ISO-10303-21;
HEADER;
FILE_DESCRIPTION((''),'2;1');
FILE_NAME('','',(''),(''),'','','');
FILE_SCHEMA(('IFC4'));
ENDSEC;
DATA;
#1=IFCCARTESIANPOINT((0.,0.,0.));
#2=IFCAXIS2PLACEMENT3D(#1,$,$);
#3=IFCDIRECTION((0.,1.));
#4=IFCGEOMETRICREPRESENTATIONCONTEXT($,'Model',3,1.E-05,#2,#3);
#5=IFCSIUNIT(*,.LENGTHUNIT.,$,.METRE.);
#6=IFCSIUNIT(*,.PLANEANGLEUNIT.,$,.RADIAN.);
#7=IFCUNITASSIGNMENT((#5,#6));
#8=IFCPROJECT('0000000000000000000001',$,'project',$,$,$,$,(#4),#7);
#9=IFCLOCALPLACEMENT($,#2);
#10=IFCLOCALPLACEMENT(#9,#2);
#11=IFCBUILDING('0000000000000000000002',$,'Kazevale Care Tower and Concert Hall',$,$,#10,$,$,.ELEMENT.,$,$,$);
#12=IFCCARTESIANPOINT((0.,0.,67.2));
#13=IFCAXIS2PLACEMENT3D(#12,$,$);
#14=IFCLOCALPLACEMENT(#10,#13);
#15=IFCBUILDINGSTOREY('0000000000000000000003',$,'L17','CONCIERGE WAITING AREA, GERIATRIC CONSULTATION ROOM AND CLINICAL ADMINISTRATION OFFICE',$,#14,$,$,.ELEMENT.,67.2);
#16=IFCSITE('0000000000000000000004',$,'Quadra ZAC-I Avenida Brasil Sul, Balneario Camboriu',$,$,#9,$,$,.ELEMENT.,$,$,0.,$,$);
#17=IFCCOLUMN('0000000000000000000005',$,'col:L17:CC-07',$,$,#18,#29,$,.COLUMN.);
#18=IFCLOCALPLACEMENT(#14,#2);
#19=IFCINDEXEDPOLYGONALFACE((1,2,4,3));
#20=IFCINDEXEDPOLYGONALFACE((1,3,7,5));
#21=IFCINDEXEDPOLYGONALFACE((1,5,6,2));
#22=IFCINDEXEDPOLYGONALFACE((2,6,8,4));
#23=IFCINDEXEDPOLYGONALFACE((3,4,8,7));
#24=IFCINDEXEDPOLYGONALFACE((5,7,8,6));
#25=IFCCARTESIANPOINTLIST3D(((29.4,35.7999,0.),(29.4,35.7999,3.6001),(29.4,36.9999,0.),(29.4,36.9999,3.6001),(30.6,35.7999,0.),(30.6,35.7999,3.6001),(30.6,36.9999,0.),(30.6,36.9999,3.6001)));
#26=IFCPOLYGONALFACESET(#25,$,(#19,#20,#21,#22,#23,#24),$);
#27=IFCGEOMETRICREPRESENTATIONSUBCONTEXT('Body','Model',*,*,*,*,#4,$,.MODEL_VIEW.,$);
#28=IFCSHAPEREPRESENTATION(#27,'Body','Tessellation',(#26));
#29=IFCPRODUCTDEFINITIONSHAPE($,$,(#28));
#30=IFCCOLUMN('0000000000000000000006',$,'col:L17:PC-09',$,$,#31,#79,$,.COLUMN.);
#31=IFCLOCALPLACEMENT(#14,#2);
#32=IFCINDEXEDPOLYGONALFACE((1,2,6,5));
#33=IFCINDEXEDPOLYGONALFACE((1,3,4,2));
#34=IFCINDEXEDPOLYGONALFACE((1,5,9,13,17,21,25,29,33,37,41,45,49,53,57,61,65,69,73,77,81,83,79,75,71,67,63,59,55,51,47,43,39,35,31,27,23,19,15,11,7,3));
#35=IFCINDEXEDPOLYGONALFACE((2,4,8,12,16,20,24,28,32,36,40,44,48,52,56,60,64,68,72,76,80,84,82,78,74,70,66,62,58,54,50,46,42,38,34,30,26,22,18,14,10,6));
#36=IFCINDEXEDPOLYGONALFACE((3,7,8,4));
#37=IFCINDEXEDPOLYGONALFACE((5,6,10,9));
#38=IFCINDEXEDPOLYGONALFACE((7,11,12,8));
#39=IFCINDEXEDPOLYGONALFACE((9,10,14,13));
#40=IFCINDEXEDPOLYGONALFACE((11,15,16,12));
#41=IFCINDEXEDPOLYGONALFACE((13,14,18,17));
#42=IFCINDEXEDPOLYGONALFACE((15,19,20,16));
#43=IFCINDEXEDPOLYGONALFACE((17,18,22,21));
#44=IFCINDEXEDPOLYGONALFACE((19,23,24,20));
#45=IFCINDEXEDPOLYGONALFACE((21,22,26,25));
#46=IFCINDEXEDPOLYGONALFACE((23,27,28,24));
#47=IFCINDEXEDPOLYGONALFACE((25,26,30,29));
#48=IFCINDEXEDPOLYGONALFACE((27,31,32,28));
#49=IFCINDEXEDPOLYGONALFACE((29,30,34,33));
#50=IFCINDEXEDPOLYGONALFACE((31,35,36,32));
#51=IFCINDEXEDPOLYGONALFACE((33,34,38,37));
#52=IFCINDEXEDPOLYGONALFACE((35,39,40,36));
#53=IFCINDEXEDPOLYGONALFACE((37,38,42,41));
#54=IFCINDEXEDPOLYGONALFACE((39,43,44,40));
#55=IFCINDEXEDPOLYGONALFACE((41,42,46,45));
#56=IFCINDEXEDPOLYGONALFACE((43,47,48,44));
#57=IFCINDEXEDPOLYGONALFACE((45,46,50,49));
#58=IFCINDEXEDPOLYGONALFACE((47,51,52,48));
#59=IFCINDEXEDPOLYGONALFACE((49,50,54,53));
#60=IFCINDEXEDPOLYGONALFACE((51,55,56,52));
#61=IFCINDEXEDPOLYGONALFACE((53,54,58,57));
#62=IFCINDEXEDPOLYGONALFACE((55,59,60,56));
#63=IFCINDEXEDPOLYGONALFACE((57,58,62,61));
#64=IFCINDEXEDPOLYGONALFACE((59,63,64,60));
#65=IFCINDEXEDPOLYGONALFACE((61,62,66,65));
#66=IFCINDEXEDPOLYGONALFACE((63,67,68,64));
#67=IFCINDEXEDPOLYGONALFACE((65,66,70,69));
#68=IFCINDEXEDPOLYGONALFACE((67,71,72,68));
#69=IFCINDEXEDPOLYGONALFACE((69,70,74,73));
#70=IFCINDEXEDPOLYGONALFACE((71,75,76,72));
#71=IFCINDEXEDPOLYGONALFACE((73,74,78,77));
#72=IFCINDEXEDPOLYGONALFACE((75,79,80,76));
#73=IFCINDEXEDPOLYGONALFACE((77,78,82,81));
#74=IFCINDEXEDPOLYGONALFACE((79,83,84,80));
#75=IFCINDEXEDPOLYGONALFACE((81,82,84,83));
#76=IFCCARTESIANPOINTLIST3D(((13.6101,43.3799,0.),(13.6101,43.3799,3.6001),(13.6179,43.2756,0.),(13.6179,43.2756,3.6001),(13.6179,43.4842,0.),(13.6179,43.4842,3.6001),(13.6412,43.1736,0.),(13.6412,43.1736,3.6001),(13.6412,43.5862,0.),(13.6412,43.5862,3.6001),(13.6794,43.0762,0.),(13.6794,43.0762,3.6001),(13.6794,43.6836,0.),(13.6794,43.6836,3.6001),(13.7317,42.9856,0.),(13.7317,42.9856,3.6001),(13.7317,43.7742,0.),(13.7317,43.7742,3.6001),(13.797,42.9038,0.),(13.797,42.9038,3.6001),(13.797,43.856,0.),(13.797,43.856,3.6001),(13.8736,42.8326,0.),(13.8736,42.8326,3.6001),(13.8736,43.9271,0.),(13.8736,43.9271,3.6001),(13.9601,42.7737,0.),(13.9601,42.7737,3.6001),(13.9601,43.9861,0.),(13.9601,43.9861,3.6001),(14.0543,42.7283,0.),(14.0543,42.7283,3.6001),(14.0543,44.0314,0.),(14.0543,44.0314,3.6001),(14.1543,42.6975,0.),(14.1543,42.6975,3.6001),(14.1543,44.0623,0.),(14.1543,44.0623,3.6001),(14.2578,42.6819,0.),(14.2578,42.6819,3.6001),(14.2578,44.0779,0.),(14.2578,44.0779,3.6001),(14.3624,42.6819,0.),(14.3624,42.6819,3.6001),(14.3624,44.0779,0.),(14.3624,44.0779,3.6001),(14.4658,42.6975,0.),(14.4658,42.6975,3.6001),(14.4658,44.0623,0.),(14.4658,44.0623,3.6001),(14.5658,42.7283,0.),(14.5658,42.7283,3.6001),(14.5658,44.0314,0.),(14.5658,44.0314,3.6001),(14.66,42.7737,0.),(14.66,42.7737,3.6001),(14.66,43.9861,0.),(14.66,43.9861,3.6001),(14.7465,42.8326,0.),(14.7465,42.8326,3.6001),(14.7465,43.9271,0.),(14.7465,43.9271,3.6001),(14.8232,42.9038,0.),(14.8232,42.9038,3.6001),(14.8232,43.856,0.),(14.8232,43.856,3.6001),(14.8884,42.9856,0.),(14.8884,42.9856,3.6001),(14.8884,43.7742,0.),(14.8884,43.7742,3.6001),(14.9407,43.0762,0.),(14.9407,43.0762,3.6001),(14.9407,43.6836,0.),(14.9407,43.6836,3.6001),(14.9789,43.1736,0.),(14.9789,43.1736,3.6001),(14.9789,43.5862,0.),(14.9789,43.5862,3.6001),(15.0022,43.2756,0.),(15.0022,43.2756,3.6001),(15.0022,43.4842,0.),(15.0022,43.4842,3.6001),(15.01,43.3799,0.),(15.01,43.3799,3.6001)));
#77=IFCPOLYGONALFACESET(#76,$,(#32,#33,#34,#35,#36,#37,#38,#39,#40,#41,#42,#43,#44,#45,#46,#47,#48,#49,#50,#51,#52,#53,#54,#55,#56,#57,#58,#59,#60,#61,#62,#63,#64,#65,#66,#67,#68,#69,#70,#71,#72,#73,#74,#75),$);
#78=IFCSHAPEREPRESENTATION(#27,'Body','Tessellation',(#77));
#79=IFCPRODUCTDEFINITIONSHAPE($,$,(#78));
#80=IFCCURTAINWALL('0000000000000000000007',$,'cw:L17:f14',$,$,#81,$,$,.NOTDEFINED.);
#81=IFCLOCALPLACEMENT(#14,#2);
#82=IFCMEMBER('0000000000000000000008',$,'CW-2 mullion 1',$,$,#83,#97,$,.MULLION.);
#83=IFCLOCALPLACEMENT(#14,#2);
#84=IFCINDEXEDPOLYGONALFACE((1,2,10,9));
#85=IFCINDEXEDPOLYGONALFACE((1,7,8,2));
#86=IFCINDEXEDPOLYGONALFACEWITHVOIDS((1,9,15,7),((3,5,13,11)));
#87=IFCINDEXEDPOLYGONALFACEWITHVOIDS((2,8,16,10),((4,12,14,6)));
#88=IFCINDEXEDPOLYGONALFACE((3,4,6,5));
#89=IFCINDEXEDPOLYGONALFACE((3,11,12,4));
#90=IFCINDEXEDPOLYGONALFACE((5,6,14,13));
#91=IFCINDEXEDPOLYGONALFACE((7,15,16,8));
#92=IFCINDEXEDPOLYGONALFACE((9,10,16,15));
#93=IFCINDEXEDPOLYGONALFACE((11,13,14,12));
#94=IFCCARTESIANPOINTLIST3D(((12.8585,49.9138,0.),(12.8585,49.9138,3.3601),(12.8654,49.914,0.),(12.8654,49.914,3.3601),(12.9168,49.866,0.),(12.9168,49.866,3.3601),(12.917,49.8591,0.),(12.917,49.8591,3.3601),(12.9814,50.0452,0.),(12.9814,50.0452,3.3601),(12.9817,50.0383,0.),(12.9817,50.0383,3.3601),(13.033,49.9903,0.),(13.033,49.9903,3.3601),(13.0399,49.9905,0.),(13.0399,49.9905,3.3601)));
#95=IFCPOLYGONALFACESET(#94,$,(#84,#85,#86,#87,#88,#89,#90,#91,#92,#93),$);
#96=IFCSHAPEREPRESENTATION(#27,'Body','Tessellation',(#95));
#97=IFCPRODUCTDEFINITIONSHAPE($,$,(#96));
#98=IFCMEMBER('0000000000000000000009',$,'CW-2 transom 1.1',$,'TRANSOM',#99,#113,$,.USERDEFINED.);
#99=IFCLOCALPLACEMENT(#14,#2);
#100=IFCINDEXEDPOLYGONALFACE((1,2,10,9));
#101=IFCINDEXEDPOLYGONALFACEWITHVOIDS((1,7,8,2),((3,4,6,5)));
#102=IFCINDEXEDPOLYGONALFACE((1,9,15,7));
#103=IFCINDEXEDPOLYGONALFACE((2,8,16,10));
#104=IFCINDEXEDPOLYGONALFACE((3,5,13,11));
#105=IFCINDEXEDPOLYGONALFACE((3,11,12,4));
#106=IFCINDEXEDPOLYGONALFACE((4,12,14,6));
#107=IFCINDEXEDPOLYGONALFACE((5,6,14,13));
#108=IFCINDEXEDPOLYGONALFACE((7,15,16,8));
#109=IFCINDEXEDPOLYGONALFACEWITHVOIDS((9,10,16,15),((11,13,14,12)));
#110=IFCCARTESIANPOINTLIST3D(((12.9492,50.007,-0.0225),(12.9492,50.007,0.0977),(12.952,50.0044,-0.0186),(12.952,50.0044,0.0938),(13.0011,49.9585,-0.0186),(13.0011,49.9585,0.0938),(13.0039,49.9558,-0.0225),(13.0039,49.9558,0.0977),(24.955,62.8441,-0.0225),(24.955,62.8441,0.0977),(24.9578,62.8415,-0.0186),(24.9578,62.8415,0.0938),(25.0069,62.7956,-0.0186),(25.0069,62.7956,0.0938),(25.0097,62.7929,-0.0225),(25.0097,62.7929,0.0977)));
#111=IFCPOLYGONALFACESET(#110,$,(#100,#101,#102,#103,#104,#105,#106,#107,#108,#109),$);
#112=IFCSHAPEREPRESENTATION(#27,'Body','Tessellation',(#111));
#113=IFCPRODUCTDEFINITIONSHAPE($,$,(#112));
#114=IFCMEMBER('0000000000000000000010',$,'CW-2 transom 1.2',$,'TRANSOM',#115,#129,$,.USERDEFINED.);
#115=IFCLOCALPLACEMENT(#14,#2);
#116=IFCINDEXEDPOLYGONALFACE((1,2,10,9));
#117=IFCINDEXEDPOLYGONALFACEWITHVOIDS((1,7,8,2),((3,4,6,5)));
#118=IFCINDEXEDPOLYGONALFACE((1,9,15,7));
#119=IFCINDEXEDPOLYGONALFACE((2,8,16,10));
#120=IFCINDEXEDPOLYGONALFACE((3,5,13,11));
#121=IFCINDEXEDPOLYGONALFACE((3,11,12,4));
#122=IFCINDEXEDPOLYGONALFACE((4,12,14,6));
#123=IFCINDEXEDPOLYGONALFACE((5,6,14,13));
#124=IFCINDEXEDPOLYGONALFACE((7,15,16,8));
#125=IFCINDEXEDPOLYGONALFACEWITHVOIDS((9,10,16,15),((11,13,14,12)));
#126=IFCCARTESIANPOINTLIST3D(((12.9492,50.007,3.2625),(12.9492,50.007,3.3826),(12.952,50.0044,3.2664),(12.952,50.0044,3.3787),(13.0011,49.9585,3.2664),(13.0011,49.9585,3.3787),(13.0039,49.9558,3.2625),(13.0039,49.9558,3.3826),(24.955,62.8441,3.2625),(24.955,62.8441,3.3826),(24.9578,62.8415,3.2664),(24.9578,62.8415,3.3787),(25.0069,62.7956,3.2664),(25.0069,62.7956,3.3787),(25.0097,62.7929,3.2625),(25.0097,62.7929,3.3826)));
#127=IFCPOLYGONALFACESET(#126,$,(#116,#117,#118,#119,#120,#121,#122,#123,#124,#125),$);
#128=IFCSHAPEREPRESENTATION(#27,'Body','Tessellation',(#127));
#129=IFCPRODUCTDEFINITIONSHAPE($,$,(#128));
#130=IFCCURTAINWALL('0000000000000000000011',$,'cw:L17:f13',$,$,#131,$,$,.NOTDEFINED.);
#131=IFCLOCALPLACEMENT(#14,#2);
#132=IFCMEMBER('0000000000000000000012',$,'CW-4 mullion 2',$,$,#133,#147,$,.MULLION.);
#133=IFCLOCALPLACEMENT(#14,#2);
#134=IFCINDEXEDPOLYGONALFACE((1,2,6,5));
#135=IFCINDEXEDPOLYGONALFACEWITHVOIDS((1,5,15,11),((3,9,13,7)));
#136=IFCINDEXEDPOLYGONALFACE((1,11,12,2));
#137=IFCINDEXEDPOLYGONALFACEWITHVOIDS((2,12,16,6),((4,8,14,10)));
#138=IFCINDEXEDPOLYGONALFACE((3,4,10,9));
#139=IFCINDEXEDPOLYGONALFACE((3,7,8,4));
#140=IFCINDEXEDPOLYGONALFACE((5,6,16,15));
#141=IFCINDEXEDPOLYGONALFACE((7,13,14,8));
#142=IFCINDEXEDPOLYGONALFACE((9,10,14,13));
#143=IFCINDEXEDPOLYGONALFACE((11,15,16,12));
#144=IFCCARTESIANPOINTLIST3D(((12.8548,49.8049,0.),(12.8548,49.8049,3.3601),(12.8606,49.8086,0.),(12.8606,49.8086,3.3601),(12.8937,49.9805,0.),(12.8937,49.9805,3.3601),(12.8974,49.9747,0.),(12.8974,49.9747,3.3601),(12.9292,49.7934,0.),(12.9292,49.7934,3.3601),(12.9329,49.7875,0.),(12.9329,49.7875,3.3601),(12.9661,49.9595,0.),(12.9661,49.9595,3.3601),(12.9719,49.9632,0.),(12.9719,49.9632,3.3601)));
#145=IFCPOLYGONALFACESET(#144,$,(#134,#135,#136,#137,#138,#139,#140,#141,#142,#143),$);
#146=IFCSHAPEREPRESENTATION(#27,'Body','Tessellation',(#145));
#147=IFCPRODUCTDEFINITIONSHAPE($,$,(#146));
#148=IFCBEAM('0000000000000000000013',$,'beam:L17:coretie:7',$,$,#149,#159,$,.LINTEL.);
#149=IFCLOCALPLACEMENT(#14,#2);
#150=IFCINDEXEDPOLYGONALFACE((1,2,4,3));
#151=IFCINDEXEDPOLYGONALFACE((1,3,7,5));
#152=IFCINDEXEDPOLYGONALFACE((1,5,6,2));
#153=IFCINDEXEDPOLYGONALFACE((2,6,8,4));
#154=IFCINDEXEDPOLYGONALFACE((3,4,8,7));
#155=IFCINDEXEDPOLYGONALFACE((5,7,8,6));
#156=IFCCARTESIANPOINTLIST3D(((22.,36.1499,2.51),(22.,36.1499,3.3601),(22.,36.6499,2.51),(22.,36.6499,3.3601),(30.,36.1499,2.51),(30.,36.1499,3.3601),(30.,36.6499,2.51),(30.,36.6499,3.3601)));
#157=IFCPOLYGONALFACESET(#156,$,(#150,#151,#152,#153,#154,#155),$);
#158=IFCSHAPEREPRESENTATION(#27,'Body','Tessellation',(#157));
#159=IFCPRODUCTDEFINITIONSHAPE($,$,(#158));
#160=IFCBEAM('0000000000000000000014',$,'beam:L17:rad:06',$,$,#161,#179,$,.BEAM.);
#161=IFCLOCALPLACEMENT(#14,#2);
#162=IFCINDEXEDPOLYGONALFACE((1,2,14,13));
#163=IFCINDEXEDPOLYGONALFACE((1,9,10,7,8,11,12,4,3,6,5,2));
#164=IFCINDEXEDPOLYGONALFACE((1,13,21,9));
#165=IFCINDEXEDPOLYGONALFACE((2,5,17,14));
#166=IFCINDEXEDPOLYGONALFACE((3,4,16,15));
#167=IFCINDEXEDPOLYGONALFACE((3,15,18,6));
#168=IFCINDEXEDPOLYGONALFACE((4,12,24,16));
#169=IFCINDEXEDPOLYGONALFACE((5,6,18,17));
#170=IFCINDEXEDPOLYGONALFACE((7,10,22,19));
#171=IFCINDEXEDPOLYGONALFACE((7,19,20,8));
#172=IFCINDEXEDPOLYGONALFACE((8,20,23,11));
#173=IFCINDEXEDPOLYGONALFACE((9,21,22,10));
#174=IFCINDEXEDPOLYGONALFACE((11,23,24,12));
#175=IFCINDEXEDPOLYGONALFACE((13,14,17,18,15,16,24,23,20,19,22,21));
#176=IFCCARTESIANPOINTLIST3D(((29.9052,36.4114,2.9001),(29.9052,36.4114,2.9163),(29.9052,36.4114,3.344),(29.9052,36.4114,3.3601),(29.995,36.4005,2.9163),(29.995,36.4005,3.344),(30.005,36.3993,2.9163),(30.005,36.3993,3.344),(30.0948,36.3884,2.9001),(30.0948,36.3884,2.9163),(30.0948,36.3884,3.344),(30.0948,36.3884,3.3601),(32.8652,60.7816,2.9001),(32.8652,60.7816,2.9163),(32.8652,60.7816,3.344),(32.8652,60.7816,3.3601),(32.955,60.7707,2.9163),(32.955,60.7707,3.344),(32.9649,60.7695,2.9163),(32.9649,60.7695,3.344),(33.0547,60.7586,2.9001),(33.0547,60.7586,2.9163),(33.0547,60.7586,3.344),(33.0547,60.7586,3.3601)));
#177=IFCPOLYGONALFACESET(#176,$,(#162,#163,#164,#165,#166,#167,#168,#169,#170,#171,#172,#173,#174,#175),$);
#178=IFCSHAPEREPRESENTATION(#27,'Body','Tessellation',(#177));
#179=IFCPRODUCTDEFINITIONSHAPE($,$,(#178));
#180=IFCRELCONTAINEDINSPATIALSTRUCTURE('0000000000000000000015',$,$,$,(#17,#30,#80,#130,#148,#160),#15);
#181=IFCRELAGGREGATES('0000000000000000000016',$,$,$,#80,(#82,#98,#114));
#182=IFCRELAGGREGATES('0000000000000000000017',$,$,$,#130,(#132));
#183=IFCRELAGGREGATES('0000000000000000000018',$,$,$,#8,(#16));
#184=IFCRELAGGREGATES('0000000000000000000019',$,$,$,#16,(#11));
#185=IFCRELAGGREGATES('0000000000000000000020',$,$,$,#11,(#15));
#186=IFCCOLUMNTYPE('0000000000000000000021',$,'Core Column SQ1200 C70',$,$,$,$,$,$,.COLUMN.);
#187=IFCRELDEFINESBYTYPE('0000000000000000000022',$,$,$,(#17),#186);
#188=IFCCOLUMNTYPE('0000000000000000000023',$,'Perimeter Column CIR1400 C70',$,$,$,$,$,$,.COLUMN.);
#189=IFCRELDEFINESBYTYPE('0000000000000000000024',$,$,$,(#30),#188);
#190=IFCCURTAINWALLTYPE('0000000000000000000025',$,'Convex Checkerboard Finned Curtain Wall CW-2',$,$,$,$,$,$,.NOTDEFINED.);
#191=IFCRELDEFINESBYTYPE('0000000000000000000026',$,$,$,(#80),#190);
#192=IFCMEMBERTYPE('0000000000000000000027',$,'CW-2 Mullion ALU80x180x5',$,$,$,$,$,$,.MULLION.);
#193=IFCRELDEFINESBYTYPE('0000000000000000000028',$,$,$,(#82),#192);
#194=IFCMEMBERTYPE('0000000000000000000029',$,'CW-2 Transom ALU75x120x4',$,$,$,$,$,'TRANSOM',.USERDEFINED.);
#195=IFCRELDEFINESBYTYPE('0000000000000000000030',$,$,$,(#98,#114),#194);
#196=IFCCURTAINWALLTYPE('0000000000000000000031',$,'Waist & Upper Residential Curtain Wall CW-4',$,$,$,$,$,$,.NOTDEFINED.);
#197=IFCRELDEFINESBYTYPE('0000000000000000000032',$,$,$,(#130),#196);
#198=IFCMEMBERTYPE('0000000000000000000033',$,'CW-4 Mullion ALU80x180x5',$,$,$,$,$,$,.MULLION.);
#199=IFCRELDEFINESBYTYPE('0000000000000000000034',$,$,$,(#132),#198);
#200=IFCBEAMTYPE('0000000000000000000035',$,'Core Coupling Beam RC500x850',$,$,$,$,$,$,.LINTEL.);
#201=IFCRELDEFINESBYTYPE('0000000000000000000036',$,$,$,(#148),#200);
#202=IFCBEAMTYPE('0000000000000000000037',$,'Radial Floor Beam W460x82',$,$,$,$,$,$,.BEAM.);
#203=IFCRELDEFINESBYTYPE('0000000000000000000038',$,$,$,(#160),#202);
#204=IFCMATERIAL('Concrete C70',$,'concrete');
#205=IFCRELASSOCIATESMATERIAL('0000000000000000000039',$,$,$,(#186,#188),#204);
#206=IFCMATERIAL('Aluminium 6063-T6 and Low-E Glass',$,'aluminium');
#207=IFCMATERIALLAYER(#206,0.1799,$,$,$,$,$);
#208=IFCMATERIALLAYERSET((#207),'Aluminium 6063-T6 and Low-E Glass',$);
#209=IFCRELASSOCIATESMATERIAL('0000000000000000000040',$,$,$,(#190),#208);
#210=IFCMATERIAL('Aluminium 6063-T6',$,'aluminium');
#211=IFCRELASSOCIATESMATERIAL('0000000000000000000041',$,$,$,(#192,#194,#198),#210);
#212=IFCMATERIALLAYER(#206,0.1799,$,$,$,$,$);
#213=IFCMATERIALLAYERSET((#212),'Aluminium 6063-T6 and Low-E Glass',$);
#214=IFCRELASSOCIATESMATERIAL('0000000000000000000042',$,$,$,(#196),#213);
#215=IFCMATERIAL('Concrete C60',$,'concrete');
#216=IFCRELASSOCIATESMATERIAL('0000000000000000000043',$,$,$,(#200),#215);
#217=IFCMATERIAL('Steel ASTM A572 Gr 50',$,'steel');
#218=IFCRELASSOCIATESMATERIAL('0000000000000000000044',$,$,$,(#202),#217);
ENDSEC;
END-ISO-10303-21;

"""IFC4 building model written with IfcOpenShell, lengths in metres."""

from ifc_helpers import new_model, si_unit, direction, frame, origin, origin_2d, place, context, subcontext, project, spatial, rectangle, hollow_rectangle, circle, i_section, extrude, material, layer, layer_set, material_profile, profile_set, type_object, element, aggregate, save


model = new_model("IFC4")

# Units and contexts
model_context = context("Model", 3, precision=1e-05, world=origin(), true_north=direction((0.0, 1.0)))
body_context = subcontext(model_context, "Body", "Model", "MODEL_VIEW")
ifc_project = project(units=[si_unit("LENGTHUNIT", "METRE"), si_unit("PLANEANGLEUNIT", "RADIAN")], contexts=[model_context])

# Site, building, storey
site_placement = place(None, origin())
site = spatial("IfcSite", under=ifc_project, at=site_placement, Name="Quadra ZAC-I Avenida Brasil Sul, Balneario Camboriu", CompositionType="ELEMENT", RefElevation=0.0)
building_placement = place(site_placement, origin())
building = spatial("IfcBuilding", under=site, at=building_placement, Name="Kazevale Care Tower and Concert Hall", CompositionType="ELEMENT")
storey_placement = place(building_placement, frame((0.0, 0.0, 67.2)))
storey = spatial("IfcBuildingStorey", under=building, at=storey_placement, Name="L17", Description="CONCIERGE WAITING AREA, GERIATRIC CONSULTATION ROOM AND CLINICAL ADMINISTRATION OFFICE", CompositionType="ELEMENT", Elevation=67.2)

# Columns
ifc_material_1 = material(Name="Concrete C70", Category="concrete")
ifc_material_profile_1 = material_profile(ifc_material_1, rectangle(XDim=1.2, YDim=1.2, at=origin_2d()), Name="RC-SQ1200")
ifc_profile_set_1 = profile_set([ifc_material_profile_1], Name="Concrete C70")
column_type_1 = type_object("IfcColumnType", Name="Core Column SQ1200 C70", PredefinedType="COLUMN", material=ifc_profile_set_1)
column_1_placement = place(storey_placement, frame((30.0, 36.3999, 0.0), z_axis=(0.0, 0.0, 1.0), x_axis=(1.0, 0.0, 0.0)))
element("IfcColumn", 1, at=column_1_placement, inside=storey, type_object=column_type_1, Name="col:L17:CC-07", PredefinedType="COLUMN", context=body_context, shape_type="SweptSolid", body=[
    extrude(rectangle(XDim=1.2, YDim=1.2, at=origin_2d()), origin(), (0.0, 0.0, 1.0), 3.6001),
])
ifc_material_profile_2 = material_profile(ifc_material_1, circle(Radius=0.7, at=origin_2d()), Name="RC-CIR1400")
ifc_profile_set_2 = profile_set([ifc_material_profile_2], Name="Concrete C70")
column_type_2 = type_object("IfcColumnType", Name="Perimeter Column CIR1400 C70", PredefinedType="COLUMN", material=ifc_profile_set_2)
column_2_placement = place(storey_placement, frame((14.3101, 43.3799, 0.0), z_axis=(0.0, 0.0, 1.0), x_axis=(1.0, 0.0, 0.0)))
element("IfcColumn", 2, at=column_2_placement, inside=storey, type_object=column_type_2, Name="col:L17:PC-09", PredefinedType="COLUMN", context=body_context, shape_type="SweptSolid", body=[
    extrude(circle(Radius=0.7, at=origin_2d()), origin(), (0.0, 0.0, 1.0), 3.6001),
])

# Curtain wall, members
ifc_material_2 = material(Name="Aluminium 6063-T6 and Low-E Glass", Category="aluminium")
ifc_layer_1 = layer(ifc_material_2, 0.1799)
ifc_layer_set_1 = layer_set([ifc_layer_1], Name="Aluminium 6063-T6 and Low-E Glass")
curtain_wall_type_1 = type_object("IfcCurtainWallType", Name="Convex Checkerboard Finned Curtain Wall CW-2", PredefinedType="NOTDEFINED", material=ifc_layer_set_1)
curtain_wall_1_placement = place(storey_placement, origin())
curtain_wall_1 = element("IfcCurtainWall", 3, at=curtain_wall_1_placement, inside=storey, type_object=curtain_wall_type_1, Name="cw:L17:f14", PredefinedType="NOTDEFINED")
ifc_material_3 = material(Name="Aluminium 6063-T6", Category="aluminium")
ifc_material_profile_3 = material_profile(ifc_material_3, hollow_rectangle(XDim=0.0801, YDim=0.1799, WallThickness=0.0049, at=origin_2d()), Name="ALU80x180x5")
ifc_profile_set_3 = profile_set([ifc_material_profile_3], Name="Aluminium 6063-T6")
member_type_1 = type_object("IfcMemberType", Name="CW-2 Mullion ALU80x180x5", PredefinedType="MULLION", material=ifc_profile_set_3)
member_1_placement = place(storey_placement, frame((12.9492, 49.9521, 0.0), z_axis=(0.0, 0.0, 1.0), x_axis=(-0.730363, 0.683059, 0.0)))
member_1 = element("IfcMember", 4, at=member_1_placement, type_object=member_type_1, Name="CW-2 mullion 1", PredefinedType="MULLION", context=body_context, shape_type="SweptSolid", body=[
    extrude(hollow_rectangle(XDim=0.0801, YDim=0.1799, WallThickness=0.0049, at=origin_2d()), origin(), (0.0, 0.0, 1.0), 3.3601),
])
ifc_material_profile_4 = material_profile(ifc_material_3, hollow_rectangle(XDim=0.075, YDim=0.1201, WallThickness=0.0039, at=origin_2d()), Name="ALU75x120x4")
ifc_profile_set_4 = profile_set([ifc_material_profile_4], Name="Aluminium 6063-T6")
member_type_2 = type_object("IfcMemberType", Name="CW-2 Transom ALU75x120x4", ElementType="TRANSOM", PredefinedType="USERDEFINED", material=ifc_profile_set_4)
member_2_placement = place(storey_placement, frame((12.9766, 49.9814, 0.0376), z_axis=(0.683063, 0.730359, 0.0), x_axis=(-0.730359, 0.683063, 0.0)))
member_2 = element("IfcMember", 5, at=member_2_placement, type_object=member_type_2, Name="CW-2 transom 1.1", ObjectType="TRANSOM", PredefinedType="USERDEFINED", context=body_context, shape_type="SweptSolid", body=[
    extrude(hollow_rectangle(XDim=0.075, YDim=0.1201, WallThickness=0.0039, at=origin_2d()), origin(), (0.0, 0.0, 1.0), 17.5764),
])
member_3_placement = place(storey_placement, frame((12.9766, 49.9814, 3.3225), z_axis=(0.683063, 0.730359, 0.0), x_axis=(-0.730359, 0.683063, 0.0)))
member_3 = element("IfcMember", 6, at=member_3_placement, type_object=member_type_2, Name="CW-2 transom 1.2", ObjectType="TRANSOM", PredefinedType="USERDEFINED", context=body_context, shape_type="SweptSolid", body=[
    extrude(hollow_rectangle(XDim=0.075, YDim=0.1201, WallThickness=0.0039, at=origin_2d()), origin(), (0.0, 0.0, 1.0), 17.5764),
])
aggregate(curtain_wall_1, [member_1, member_2, member_3])

# Curtain wall, member
ifc_layer_2 = layer(ifc_material_2, 0.1799)
ifc_layer_set_2 = layer_set([ifc_layer_2], Name="Aluminium 6063-T6 and Low-E Glass")
curtain_wall_type_2 = type_object("IfcCurtainWallType", Name="Waist & Upper Residential Curtain Wall CW-4", PredefinedType="NOTDEFINED", material=ifc_layer_set_2)
curtain_wall_2_placement = place(storey_placement, origin())
curtain_wall_2 = element("IfcCurtainWall", 7, at=curtain_wall_2_placement, inside=storey, type_object=curtain_wall_type_2, Name="cw:L17:f13", PredefinedType="NOTDEFINED")
ifc_material_profile_5 = material_profile(ifc_material_3, hollow_rectangle(XDim=0.0801, YDim=0.1799, WallThickness=0.0049, at=origin_2d()), Name="ALU80x180x5")
ifc_profile_set_5 = profile_set([ifc_material_profile_5], Name="Aluminium 6063-T6")
member_type_3 = type_object("IfcMemberType", Name="CW-4 Mullion ALU80x180x5", PredefinedType="MULLION", material=ifc_profile_set_5)
member_4_placement = place(storey_placement, frame((12.9133, 49.884, 0.0), z_axis=(0.0, 0.0, 1.0), x_axis=(-0.976291, 0.216461, 0.0)))
member_4 = element("IfcMember", 8, at=member_4_placement, type_object=member_type_3, Name="CW-4 mullion 2", PredefinedType="MULLION", context=body_context, shape_type="SweptSolid", body=[
    extrude(hollow_rectangle(XDim=0.0801, YDim=0.1799, WallThickness=0.0049, at=origin_2d()), origin(), (0.0, 0.0, 1.0), 3.3601),
])

# Beams
ifc_material_4 = material(Name="Concrete C60", Category="concrete")
ifc_material_profile_6 = material_profile(ifc_material_4, rectangle(XDim=0.5, YDim=0.8501, at=origin_2d()), Name="RC-B500x850")
ifc_profile_set_6 = profile_set([ifc_material_profile_6], Name="Concrete C60")
beam_type_1 = type_object("IfcBeamType", Name="Core Coupling Beam RC500x850", PredefinedType="LINTEL", material=ifc_profile_set_6)
beam_1_placement = place(storey_placement, frame((30.0, 36.3999, 2.9351), z_axis=(-1.0, 0.0, 0.0), x_axis=(0.0, -1.0, 0.0)))
element("IfcBeam", 9, at=beam_1_placement, inside=storey, type_object=beam_type_1, Name="beam:L17:coretie:7", PredefinedType="LINTEL", context=body_context, shape_type="SweptSolid", body=[
    extrude(rectangle(XDim=0.5, YDim=0.8501, at=origin_2d()), origin(), (0.0, 0.0, 1.0), 8.0),
])
ifc_material_5 = material(Name="Steel ASTM A572 Gr 50", Category="steel")
ifc_material_profile_7 = material_profile(ifc_material_5, i_section(OverallWidth=0.1909, OverallDepth=0.46, WebThickness=0.01, FlangeThickness=0.0161, at=origin_2d()), Name="W460x82")
ifc_profile_set_7 = profile_set([ifc_material_profile_7], Name="Steel ASTM A572 Gr 50")
beam_type_2 = type_object("IfcBeamType", Name="Radial Floor Beam W460x82", PredefinedType="BEAM", material=ifc_profile_set_7)
beam_2_placement = place(storey_placement, frame((30.0, 36.3999, 3.1301), z_axis=(0.120573, 0.992705, 0.0), x_axis=(-0.992705, 0.120573, 0.0)))
element("IfcBeam", 10, at=beam_2_placement, inside=storey, type_object=beam_type_2, Name="beam:L17:rad:06", PredefinedType="BEAM", context=body_context, shape_type="SweptSolid", body=[
    extrude(i_section(OverallWidth=0.1909, OverallDepth=0.46, WebThickness=0.01, FlangeThickness=0.0161, at=origin_2d()), origin(), (0.0, 0.0, 1.0), 24.5493),
])

aggregate(curtain_wall_2, [member_4])

save(model, "model.ifc")
